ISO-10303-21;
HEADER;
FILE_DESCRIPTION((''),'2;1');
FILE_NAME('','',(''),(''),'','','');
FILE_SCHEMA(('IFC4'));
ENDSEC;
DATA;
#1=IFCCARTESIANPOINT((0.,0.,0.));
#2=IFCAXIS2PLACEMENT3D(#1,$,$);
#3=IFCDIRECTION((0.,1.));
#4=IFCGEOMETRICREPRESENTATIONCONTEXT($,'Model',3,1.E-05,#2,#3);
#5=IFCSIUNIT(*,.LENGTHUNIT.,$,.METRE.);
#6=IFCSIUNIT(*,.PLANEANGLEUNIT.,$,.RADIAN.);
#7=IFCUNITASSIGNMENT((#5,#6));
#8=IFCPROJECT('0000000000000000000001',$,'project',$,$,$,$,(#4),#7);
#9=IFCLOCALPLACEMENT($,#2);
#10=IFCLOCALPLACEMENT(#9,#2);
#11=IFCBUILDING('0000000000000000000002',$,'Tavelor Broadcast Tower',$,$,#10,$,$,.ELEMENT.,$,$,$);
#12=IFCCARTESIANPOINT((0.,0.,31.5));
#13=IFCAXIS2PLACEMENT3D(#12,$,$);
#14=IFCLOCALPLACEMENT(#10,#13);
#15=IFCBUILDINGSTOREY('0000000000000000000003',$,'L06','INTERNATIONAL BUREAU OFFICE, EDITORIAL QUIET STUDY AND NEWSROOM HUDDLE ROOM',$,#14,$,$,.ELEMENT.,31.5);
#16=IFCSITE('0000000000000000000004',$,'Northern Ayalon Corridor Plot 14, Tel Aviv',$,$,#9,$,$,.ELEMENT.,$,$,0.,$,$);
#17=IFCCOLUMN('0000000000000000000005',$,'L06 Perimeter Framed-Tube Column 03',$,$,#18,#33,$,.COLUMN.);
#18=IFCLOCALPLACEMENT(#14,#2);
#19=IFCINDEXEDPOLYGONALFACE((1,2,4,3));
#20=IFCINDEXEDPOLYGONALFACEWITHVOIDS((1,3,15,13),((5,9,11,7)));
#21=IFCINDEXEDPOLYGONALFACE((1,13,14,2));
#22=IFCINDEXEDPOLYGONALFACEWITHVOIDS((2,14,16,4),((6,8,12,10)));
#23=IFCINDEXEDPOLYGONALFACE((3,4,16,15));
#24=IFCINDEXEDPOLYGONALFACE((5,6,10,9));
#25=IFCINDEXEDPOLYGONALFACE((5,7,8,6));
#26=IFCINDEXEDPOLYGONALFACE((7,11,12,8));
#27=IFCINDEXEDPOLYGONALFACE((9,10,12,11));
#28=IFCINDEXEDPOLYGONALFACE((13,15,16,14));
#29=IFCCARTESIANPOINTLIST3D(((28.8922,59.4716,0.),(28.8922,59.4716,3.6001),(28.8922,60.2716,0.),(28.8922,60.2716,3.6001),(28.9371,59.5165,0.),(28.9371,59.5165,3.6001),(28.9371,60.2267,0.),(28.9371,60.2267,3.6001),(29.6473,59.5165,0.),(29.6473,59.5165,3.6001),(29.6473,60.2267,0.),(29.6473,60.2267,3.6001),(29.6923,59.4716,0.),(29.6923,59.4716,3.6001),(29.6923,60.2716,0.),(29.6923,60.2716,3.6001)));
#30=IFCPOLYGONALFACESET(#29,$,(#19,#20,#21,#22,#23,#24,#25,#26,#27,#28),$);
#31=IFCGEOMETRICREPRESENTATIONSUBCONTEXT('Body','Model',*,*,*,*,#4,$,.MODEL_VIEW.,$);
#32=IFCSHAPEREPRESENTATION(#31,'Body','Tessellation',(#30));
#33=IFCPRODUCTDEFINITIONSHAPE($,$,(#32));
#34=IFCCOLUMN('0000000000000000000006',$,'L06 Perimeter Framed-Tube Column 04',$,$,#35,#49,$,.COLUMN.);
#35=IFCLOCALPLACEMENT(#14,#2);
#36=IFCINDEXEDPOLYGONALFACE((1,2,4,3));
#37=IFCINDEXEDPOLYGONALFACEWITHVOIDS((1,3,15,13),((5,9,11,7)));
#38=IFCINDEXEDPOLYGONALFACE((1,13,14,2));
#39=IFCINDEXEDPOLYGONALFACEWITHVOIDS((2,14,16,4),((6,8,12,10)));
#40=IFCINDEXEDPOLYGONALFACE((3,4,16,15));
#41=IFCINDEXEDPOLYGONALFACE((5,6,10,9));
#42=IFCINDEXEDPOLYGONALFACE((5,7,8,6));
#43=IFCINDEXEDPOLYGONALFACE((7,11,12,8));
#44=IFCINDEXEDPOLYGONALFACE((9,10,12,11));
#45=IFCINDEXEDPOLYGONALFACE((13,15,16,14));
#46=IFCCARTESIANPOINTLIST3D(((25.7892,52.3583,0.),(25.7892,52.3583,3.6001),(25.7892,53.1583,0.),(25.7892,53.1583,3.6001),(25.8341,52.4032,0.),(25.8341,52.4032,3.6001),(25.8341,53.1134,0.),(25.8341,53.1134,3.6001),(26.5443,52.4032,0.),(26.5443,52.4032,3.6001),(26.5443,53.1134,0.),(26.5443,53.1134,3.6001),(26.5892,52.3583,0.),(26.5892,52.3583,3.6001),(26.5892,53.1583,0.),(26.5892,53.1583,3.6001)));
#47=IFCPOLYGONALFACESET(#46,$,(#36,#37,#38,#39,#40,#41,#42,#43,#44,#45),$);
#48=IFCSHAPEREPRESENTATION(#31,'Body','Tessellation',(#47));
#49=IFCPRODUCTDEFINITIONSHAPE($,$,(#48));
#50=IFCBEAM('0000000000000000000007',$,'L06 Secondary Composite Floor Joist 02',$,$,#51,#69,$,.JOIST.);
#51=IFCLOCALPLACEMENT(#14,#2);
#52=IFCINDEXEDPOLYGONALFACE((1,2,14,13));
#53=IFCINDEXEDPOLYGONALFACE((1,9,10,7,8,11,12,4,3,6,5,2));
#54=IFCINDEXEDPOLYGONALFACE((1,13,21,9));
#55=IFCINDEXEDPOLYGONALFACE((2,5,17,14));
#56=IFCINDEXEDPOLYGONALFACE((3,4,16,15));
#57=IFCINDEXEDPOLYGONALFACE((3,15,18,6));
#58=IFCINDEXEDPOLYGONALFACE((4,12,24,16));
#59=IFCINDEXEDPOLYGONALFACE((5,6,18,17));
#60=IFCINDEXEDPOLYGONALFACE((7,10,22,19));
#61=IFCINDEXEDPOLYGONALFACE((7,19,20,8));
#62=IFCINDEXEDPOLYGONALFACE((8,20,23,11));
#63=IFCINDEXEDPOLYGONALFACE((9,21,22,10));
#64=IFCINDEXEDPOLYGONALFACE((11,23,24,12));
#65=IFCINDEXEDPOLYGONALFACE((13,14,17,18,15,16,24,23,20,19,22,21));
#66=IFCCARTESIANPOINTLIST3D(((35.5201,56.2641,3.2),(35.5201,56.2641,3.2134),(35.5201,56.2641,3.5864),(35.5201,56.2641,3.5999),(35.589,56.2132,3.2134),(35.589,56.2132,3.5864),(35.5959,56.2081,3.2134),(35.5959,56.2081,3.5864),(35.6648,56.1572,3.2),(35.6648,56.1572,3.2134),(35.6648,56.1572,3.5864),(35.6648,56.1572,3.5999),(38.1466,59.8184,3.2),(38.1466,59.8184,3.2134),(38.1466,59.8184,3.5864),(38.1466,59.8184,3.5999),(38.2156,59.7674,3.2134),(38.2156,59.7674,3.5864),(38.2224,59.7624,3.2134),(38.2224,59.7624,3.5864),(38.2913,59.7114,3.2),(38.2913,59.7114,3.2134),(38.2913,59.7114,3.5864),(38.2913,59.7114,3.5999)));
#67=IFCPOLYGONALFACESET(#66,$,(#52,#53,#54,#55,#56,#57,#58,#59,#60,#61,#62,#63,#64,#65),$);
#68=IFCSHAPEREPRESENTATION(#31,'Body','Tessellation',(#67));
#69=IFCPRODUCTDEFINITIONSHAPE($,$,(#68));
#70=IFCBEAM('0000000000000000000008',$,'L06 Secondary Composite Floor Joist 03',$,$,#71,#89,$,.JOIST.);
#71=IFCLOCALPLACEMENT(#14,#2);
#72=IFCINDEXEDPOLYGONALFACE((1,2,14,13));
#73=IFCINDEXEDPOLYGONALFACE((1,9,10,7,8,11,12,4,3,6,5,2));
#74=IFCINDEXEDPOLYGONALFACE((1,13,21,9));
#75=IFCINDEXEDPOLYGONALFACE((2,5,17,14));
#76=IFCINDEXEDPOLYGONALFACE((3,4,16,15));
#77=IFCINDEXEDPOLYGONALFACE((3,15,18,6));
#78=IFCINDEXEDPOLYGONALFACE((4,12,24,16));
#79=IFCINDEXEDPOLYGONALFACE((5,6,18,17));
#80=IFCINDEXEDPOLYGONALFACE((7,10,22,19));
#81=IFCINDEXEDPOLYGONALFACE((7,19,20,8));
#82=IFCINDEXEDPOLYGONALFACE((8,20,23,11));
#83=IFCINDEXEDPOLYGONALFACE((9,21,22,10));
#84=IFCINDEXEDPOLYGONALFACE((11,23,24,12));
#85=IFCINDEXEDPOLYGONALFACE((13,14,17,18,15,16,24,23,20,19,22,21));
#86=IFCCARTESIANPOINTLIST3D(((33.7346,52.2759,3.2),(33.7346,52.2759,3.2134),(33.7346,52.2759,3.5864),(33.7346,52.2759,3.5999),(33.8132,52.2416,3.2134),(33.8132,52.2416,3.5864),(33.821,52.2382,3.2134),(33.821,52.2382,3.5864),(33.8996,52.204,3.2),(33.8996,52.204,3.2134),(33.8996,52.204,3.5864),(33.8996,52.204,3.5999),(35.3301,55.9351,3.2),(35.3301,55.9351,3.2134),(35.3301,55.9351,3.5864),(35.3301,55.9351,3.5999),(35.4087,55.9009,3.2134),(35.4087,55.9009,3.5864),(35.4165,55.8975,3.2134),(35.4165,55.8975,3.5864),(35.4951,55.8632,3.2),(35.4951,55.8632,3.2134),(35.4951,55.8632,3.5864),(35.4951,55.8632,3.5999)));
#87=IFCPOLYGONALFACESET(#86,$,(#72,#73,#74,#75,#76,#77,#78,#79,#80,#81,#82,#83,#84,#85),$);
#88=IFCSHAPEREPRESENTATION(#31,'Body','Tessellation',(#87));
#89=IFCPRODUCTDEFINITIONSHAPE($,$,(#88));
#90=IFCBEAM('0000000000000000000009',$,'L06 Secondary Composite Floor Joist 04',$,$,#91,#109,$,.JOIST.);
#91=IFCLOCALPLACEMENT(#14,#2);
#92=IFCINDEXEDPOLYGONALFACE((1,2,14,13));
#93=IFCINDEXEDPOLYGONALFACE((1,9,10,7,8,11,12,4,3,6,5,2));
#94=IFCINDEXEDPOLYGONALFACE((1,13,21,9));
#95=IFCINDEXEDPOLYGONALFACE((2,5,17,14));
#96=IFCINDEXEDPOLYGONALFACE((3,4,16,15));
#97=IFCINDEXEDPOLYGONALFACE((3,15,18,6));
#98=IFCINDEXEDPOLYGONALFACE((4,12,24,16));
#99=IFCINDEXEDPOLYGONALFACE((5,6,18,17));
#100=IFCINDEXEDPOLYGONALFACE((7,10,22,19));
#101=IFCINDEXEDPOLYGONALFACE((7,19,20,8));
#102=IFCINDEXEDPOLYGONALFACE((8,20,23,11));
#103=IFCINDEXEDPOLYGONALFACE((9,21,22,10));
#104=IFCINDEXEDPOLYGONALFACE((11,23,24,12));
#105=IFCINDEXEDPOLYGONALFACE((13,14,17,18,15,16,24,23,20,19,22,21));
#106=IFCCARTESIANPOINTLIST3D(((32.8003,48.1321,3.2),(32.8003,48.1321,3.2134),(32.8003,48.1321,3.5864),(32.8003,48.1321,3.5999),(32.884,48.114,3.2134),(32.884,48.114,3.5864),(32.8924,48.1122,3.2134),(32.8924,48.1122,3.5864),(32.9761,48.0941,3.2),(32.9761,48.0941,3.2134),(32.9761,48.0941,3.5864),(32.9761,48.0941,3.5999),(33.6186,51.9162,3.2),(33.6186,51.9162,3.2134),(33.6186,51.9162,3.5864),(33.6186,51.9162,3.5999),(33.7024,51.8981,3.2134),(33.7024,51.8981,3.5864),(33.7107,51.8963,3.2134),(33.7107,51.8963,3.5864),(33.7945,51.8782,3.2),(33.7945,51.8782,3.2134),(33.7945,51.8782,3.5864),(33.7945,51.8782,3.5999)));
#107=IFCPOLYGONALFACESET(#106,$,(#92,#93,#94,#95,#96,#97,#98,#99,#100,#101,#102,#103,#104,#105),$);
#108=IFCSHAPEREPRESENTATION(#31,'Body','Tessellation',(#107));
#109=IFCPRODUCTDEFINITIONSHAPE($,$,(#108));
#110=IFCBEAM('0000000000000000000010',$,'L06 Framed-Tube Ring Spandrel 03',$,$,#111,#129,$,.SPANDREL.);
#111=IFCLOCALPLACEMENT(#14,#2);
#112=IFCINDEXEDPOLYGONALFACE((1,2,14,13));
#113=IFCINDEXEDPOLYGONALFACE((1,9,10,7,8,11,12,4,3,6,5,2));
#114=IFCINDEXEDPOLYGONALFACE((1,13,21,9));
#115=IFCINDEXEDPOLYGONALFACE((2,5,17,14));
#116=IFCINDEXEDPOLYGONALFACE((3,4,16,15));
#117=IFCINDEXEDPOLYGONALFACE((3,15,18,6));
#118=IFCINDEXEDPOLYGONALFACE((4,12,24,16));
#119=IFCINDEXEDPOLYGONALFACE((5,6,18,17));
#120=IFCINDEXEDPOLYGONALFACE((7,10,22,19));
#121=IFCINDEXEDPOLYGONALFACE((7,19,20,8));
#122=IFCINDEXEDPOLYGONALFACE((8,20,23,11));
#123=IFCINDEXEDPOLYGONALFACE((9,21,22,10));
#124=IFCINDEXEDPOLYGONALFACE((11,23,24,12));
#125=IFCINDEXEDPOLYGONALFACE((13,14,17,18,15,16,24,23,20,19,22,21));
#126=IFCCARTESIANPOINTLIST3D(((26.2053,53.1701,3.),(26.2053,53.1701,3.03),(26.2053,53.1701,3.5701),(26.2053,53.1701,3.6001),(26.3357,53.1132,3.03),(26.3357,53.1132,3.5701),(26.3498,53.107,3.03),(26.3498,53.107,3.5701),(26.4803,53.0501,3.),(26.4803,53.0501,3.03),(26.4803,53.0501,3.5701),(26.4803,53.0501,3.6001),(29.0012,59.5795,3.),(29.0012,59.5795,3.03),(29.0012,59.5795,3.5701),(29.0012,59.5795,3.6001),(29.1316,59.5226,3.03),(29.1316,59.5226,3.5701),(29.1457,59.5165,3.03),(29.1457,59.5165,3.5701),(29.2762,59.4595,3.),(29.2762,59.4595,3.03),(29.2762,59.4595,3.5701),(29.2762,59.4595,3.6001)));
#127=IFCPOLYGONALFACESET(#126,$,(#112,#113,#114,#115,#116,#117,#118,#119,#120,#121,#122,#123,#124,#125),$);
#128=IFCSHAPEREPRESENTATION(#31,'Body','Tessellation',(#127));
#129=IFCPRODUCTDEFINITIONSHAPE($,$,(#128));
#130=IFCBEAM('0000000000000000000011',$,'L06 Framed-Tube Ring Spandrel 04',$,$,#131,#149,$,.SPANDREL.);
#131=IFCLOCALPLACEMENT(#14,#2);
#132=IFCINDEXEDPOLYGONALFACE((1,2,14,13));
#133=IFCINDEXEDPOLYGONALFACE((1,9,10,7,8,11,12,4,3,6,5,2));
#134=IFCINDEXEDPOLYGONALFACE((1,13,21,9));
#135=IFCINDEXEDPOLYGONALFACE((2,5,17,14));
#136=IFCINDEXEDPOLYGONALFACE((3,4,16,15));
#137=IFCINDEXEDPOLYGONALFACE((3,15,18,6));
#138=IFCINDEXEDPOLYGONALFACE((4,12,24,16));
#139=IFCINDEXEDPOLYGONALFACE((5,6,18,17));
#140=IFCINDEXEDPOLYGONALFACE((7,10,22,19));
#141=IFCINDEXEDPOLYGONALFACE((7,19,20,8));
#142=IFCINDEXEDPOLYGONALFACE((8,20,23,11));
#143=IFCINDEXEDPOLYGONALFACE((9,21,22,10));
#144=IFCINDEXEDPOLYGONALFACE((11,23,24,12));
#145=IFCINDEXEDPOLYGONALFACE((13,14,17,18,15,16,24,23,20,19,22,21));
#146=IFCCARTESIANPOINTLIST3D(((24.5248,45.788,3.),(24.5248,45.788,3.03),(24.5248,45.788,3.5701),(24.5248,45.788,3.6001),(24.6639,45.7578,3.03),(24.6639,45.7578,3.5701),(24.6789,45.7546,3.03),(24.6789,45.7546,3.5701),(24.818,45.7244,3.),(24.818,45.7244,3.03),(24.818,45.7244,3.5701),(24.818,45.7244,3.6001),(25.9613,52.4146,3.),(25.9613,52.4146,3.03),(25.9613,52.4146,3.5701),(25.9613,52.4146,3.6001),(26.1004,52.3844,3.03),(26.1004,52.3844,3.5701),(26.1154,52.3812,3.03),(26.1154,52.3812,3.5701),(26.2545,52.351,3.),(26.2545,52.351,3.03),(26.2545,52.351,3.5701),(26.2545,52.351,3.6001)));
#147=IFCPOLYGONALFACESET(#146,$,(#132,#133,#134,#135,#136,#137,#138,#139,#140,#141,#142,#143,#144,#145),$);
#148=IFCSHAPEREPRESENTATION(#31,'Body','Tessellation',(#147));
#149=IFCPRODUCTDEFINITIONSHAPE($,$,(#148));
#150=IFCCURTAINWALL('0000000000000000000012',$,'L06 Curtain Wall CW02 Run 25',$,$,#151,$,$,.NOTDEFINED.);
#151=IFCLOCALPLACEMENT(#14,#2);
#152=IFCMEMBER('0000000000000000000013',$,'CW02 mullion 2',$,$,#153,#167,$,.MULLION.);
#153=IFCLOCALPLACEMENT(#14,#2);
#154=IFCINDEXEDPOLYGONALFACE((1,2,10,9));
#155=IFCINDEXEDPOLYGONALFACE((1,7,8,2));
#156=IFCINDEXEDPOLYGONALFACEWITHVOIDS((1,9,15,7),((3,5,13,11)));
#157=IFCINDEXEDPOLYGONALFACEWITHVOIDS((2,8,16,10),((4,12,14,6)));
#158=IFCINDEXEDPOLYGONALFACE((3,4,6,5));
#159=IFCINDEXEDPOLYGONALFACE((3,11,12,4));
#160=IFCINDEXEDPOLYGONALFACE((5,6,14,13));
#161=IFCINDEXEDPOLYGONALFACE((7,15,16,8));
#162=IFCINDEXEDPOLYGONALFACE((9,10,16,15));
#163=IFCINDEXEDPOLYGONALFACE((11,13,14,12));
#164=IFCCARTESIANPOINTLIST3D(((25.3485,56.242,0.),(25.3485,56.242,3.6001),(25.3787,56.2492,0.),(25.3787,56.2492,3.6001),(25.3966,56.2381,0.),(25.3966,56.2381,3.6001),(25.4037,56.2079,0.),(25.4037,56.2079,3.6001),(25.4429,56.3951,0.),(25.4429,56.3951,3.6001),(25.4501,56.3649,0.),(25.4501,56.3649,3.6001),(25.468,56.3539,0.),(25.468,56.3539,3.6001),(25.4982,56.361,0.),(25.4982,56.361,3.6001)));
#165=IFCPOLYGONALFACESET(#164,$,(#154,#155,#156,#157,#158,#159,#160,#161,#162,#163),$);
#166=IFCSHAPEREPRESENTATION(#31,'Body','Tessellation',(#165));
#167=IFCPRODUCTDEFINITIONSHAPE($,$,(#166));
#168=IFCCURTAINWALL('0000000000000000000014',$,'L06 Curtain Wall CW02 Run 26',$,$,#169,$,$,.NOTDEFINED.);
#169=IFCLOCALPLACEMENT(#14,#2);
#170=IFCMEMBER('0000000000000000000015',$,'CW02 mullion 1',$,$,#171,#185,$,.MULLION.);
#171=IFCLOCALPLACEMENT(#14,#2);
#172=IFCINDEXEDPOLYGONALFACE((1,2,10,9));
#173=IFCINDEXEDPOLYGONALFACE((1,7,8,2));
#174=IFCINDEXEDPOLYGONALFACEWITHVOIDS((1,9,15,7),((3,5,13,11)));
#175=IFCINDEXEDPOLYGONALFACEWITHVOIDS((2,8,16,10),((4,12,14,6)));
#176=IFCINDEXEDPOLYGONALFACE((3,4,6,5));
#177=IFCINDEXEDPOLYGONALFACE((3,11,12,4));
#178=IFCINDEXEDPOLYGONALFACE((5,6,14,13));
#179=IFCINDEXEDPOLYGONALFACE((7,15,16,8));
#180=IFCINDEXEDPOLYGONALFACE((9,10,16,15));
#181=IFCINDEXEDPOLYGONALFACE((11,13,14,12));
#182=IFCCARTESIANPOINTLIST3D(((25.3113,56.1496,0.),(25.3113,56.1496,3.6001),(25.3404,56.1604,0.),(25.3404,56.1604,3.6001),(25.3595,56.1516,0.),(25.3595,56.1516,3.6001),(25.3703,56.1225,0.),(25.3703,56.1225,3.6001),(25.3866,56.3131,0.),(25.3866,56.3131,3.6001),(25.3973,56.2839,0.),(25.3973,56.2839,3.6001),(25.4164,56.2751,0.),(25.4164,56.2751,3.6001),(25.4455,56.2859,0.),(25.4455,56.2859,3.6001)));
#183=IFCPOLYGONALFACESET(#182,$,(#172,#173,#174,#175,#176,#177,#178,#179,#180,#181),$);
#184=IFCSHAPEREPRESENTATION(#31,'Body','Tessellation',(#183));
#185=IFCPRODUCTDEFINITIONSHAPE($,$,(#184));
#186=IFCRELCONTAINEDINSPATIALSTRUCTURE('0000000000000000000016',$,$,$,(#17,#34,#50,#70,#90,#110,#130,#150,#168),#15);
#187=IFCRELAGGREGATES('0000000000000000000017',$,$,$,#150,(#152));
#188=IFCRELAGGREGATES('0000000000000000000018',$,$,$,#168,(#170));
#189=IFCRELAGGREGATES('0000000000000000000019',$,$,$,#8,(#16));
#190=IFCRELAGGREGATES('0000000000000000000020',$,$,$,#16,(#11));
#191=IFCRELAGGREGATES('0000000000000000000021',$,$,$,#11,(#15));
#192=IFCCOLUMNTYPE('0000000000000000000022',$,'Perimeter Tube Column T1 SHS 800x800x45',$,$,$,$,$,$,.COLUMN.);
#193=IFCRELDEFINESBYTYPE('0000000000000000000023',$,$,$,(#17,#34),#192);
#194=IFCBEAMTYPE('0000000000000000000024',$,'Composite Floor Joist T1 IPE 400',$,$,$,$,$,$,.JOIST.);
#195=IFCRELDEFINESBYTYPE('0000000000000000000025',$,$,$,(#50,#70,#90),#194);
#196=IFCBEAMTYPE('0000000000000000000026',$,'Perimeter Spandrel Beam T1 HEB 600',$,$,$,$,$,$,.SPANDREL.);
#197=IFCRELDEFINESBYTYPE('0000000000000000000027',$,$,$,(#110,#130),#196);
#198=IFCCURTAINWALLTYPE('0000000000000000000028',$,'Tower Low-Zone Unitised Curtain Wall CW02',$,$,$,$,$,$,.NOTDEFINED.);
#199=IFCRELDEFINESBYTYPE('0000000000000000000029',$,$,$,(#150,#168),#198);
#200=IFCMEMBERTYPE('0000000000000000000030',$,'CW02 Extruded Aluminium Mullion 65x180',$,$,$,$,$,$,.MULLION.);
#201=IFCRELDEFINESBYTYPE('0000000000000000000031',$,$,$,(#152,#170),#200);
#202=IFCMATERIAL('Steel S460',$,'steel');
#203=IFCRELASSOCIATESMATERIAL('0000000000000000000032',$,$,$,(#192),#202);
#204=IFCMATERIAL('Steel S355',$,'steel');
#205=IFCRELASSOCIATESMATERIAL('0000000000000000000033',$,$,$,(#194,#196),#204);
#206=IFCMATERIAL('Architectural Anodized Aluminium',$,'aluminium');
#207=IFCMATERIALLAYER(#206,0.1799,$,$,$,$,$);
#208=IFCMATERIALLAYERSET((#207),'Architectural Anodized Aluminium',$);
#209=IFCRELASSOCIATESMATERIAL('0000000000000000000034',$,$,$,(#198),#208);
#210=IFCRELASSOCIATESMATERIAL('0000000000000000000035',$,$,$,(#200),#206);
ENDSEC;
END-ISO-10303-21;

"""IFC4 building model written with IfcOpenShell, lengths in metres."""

from ifc_helpers import new_model, si_unit, direction, frame, origin, origin_2d, place, context, subcontext, project, spatial, hollow_rectangle, i_section, extrude, source, transform, mapped, material, layer, layer_set, material_profile, profile_set, type_object, type_shapes, element, aggregate, save


model = new_model("IFC4")

# Units and contexts
model_context = context("Model", 3, precision=1e-05, world=origin(), true_north=direction((0.0, 1.0)))
body_context = subcontext(model_context, "Body", "Model", "MODEL_VIEW")
ifc_project = project(units=[si_unit("LENGTHUNIT", "METRE"), si_unit("PLANEANGLEUNIT", "RADIAN")], contexts=[model_context])

# Site, building, storey
site_placement = place(None, origin())
site = spatial("IfcSite", under=ifc_project, at=site_placement, Name="Northern Ayalon Corridor Plot 14, Tel Aviv", CompositionType="ELEMENT", RefElevation=0.0)
building_placement = place(site_placement, origin())
building = spatial("IfcBuilding", under=site, at=building_placement, Name="Tavelor Broadcast Tower", CompositionType="ELEMENT")
storey_placement = place(building_placement, frame((0.0, 0.0, 31.5)))
storey = spatial("IfcBuildingStorey", under=building, at=storey_placement, Name="L06", Description="INTERNATIONAL BUREAU OFFICE, EDITORIAL QUIET STUDY AND NEWSROOM HUDDLE ROOM", CompositionType="ELEMENT", Elevation=31.5)

# Columns
ifc_material_1 = material(Name="Steel S460", Category="steel")
ifc_material_profile_1 = material_profile(ifc_material_1, hollow_rectangle(XDim=0.8, YDim=0.8, WallThickness=0.0449, at=origin_2d()), Name="SHS 800x800x45")
ifc_profile_set_1 = profile_set([ifc_material_profile_1], Name="Steel S460")
column_type = type_object("IfcColumnType", Name="Perimeter Tube Column T1 SHS 800x800x45", PredefinedType="COLUMN", material=ifc_profile_set_1)
for number, where, z_axis, x_axis, name in (
    (1, (29.2922, 59.8716, 0.0), (0.0, 0.0, 1.0), (1.0, 0.0, 0.0), "L06 Perimeter Framed-Tube Column 03"),
    (2, (26.1892, 52.7583, 0.0), (0.0, 0.0, 1.0), (1.0, 0.0, 0.0), "L06 Perimeter Framed-Tube Column 04"),
):
    element("IfcColumn", number, at=place(storey_placement, frame(where, z_axis=z_axis, x_axis=x_axis)), inside=storey, type_object=column_type, Name=name, PredefinedType="COLUMN", context=body_context, shape_type="SweptSolid", body=[
        extrude(hollow_rectangle(XDim=0.8, YDim=0.8, WallThickness=0.0449, at=origin_2d()), origin(), (0.0, 0.0, 1.0), 3.6001),
    ])

# Beams
ifc_material_2 = material(Name="Steel S355", Category="steel")
ifc_material_profile_2 = material_profile(ifc_material_2, i_section(OverallWidth=0.1799, OverallDepth=0.3999, WebThickness=0.0085, FlangeThickness=0.0134, at=origin_2d()), Name="IPE 400")
ifc_profile_set_2 = profile_set([ifc_material_profile_2], Name="Steel S355")
beam_type_1 = type_object("IfcBeamType", Name="Composite Floor Joist T1 IPE 400", PredefinedType="JOIST", material=ifc_profile_set_2)
beam_1_placement = place(storey_placement, frame((38.219, 59.7649, 3.3999), z_axis=(-0.59431, -0.804236, 0.0), x_axis=(0.804236, -0.59431, 0.0)))
element("IfcBeam", 3, at=beam_1_placement, inside=storey, type_object=beam_type_1, Name="L06 Secondary Composite Floor Joist 02", PredefinedType="JOIST", context=body_context, shape_type="SweptSolid", body=[
    extrude(i_section(OverallWidth=0.1799, OverallDepth=0.3999, WebThickness=0.0085, FlangeThickness=0.0134, at=origin_2d()), origin(), (0.0, 0.0, 1.0), 4.4194),
])
beam_2_placement = place(storey_placement, frame((35.4126, 55.8992, 3.3999), z_axis=(-0.399676, -0.916656, 0.0), x_axis=(0.916656, -0.399676, 0.0)))
element("IfcBeam", 4, at=beam_2_placement, inside=storey, type_object=beam_type_1, Name="L06 Secondary Composite Floor Joist 03", PredefinedType="JOIST", context=body_context, shape_type="SweptSolid", body=[
    extrude(i_section(OverallWidth=0.1799, OverallDepth=0.3999, WebThickness=0.0085, FlangeThickness=0.0134, at=origin_2d()), origin(), (0.0, 0.0, 1.0), 3.9919),
])
beam_3_placement = place(storey_placement, frame((33.7065, 51.8972, 3.3999), z_axis=(-0.211372, -0.977406, 0.0), x_axis=(0.977406, -0.211372, 0.0)))
element("IfcBeam", 5, at=beam_3_placement, inside=storey, type_object=beam_type_1, Name="L06 Secondary Composite Floor Joist 04", PredefinedType="JOIST", context=body_context, shape_type="SweptSolid", body=[
    extrude(i_section(OverallWidth=0.1799, OverallDepth=0.3999, WebThickness=0.0085, FlangeThickness=0.0134, at=origin_2d()), origin(), (0.0, 0.0, 1.0), 3.8716),
])
ifc_material_profile_3 = material_profile(ifc_material_2, i_section(OverallWidth=0.3, OverallDepth=0.6001, WebThickness=0.0154, FlangeThickness=0.03, at=origin_2d()), Name="HEB 600")
ifc_profile_set_3 = profile_set([ifc_material_profile_3], Name="Steel S355")
beam_type_2 = type_object("IfcBeamType", Name="Perimeter Spandrel Beam T1 HEB 600", PredefinedType="SPANDREL", material=ifc_profile_set_3)
beam_4_placement = place(storey_placement, frame((29.1387, 59.5195, 3.3), z_axis=(-0.399831, -0.916589, 0.0), x_axis=(0.916589, -0.399831, 0.0)))
element("IfcBeam", 6, at=beam_4_placement, inside=storey, type_object=beam_type_2, Name="L06 Framed-Tube Ring Spandrel 03", PredefinedType="SPANDREL", context=body_context, shape_type="SweptSolid", body=[
    extrude(i_section(OverallWidth=0.3, OverallDepth=0.6001, WebThickness=0.0154, FlangeThickness=0.03, at=origin_2d()), origin(), (0.0, 0.0, 1.0), 6.9927),
])
beam_5_placement = place(storey_placement, frame((26.1079, 52.3828, 3.3), z_axis=(-0.211857, -0.977301, 0.0), x_axis=(0.977301, -0.211857, 0.0)))
element("IfcBeam", 7, at=beam_5_placement, inside=storey, type_object=beam_type_2, Name="L06 Framed-Tube Ring Spandrel 04", PredefinedType="SPANDREL", context=body_context, shape_type="SweptSolid", body=[
    extrude(i_section(OverallWidth=0.3, OverallDepth=0.6001, WebThickness=0.0154, FlangeThickness=0.03, at=origin_2d()), origin(), (0.0, 0.0, 1.0), 6.7805),
])

# Curtain wall, member
ifc_material_3 = material(Name="Architectural Anodized Aluminium", Category="aluminium")
ifc_layer_1 = layer(ifc_material_3, 0.1799)
ifc_layer_set_1 = layer_set([ifc_layer_1], Name="Architectural Anodized Aluminium")
curtain_wall_type = type_object("IfcCurtainWallType", Name="Tower Low-Zone Unitised Curtain Wall CW02", PredefinedType="NOTDEFINED", material=ifc_layer_set_1)
curtain_wall_1_placement = place(storey_placement, origin())
curtain_wall_1 = element("IfcCurtainWall", 8, at=curtain_wall_1_placement, inside=storey, type_object=curtain_wall_type, Name="L06 Curtain Wall CW02 Run 25", PredefinedType="NOTDEFINED")
ifc_material_profile_4 = material_profile(ifc_material_3, hollow_rectangle(XDim=0.0649, YDim=0.1799, WallThickness=0.022, at=origin_2d()), Name="RHS 65x180x22")
ifc_profile_set_4 = profile_set([ifc_material_profile_4], Name="Architectural Anodized Aluminium")
member_type_1 = type_object("IfcMemberType", Name="CW02 Extruded Aluminium Mullion 65x180", PredefinedType="MULLION", material=ifc_profile_set_4)
shared_shape_1 = source(origin(), body_context, "Body", "SweptSolid", [
    extrude(hollow_rectangle(XDim=0.0649, YDim=0.1799, WallThickness=0.022, at=origin_2d()), origin(), (0.0, 0.0, 1.0), 3.6001),
])
type_shapes(member_type_1, [shared_shape_1])
member_1_placement = place(storey_placement, frame((25.4233, 56.3015, 0.0), z_axis=(0.0, 0.0, 1.0), x_axis=(0.851032, -0.525114, 0.0)))
member_1 = element("IfcMember", 9, at=member_1_placement, type_object=member_type_1, Name="CW02 mullion 2", PredefinedType="MULLION", context=body_context, shape_type="MappedRepresentation", body=[
    mapped(shared_shape_1, transform((0.0, 0.0, 0.0), scale=1.0)),
])
aggregate(curtain_wall_1, [member_1])

# Curtain wall, member
curtain_wall_2_placement = place(storey_placement, origin())
curtain_wall_2 = element("IfcCurtainWall", 10, at=curtain_wall_2_placement, inside=storey, type_object=curtain_wall_type, Name="L06 Curtain Wall CW02 Run 26", PredefinedType="NOTDEFINED")
member_2_placement = place(storey_placement, frame((25.3784, 56.2178, 0.0), z_axis=(0.0, 0.0, 1.0), x_axis=(0.908332, -0.41825, 0.0)))
member_2 = element("IfcMember", 11, at=member_2_placement, type_object=member_type_1, Name="CW02 mullion 1", PredefinedType="MULLION", context=body_context, shape_type="MappedRepresentation", body=[
    mapped(shared_shape_1, transform((0.0, 0.0, 0.0), scale=1.0)),
])

aggregate(curtain_wall_2, [member_2])

save(model, "model.ifc")
